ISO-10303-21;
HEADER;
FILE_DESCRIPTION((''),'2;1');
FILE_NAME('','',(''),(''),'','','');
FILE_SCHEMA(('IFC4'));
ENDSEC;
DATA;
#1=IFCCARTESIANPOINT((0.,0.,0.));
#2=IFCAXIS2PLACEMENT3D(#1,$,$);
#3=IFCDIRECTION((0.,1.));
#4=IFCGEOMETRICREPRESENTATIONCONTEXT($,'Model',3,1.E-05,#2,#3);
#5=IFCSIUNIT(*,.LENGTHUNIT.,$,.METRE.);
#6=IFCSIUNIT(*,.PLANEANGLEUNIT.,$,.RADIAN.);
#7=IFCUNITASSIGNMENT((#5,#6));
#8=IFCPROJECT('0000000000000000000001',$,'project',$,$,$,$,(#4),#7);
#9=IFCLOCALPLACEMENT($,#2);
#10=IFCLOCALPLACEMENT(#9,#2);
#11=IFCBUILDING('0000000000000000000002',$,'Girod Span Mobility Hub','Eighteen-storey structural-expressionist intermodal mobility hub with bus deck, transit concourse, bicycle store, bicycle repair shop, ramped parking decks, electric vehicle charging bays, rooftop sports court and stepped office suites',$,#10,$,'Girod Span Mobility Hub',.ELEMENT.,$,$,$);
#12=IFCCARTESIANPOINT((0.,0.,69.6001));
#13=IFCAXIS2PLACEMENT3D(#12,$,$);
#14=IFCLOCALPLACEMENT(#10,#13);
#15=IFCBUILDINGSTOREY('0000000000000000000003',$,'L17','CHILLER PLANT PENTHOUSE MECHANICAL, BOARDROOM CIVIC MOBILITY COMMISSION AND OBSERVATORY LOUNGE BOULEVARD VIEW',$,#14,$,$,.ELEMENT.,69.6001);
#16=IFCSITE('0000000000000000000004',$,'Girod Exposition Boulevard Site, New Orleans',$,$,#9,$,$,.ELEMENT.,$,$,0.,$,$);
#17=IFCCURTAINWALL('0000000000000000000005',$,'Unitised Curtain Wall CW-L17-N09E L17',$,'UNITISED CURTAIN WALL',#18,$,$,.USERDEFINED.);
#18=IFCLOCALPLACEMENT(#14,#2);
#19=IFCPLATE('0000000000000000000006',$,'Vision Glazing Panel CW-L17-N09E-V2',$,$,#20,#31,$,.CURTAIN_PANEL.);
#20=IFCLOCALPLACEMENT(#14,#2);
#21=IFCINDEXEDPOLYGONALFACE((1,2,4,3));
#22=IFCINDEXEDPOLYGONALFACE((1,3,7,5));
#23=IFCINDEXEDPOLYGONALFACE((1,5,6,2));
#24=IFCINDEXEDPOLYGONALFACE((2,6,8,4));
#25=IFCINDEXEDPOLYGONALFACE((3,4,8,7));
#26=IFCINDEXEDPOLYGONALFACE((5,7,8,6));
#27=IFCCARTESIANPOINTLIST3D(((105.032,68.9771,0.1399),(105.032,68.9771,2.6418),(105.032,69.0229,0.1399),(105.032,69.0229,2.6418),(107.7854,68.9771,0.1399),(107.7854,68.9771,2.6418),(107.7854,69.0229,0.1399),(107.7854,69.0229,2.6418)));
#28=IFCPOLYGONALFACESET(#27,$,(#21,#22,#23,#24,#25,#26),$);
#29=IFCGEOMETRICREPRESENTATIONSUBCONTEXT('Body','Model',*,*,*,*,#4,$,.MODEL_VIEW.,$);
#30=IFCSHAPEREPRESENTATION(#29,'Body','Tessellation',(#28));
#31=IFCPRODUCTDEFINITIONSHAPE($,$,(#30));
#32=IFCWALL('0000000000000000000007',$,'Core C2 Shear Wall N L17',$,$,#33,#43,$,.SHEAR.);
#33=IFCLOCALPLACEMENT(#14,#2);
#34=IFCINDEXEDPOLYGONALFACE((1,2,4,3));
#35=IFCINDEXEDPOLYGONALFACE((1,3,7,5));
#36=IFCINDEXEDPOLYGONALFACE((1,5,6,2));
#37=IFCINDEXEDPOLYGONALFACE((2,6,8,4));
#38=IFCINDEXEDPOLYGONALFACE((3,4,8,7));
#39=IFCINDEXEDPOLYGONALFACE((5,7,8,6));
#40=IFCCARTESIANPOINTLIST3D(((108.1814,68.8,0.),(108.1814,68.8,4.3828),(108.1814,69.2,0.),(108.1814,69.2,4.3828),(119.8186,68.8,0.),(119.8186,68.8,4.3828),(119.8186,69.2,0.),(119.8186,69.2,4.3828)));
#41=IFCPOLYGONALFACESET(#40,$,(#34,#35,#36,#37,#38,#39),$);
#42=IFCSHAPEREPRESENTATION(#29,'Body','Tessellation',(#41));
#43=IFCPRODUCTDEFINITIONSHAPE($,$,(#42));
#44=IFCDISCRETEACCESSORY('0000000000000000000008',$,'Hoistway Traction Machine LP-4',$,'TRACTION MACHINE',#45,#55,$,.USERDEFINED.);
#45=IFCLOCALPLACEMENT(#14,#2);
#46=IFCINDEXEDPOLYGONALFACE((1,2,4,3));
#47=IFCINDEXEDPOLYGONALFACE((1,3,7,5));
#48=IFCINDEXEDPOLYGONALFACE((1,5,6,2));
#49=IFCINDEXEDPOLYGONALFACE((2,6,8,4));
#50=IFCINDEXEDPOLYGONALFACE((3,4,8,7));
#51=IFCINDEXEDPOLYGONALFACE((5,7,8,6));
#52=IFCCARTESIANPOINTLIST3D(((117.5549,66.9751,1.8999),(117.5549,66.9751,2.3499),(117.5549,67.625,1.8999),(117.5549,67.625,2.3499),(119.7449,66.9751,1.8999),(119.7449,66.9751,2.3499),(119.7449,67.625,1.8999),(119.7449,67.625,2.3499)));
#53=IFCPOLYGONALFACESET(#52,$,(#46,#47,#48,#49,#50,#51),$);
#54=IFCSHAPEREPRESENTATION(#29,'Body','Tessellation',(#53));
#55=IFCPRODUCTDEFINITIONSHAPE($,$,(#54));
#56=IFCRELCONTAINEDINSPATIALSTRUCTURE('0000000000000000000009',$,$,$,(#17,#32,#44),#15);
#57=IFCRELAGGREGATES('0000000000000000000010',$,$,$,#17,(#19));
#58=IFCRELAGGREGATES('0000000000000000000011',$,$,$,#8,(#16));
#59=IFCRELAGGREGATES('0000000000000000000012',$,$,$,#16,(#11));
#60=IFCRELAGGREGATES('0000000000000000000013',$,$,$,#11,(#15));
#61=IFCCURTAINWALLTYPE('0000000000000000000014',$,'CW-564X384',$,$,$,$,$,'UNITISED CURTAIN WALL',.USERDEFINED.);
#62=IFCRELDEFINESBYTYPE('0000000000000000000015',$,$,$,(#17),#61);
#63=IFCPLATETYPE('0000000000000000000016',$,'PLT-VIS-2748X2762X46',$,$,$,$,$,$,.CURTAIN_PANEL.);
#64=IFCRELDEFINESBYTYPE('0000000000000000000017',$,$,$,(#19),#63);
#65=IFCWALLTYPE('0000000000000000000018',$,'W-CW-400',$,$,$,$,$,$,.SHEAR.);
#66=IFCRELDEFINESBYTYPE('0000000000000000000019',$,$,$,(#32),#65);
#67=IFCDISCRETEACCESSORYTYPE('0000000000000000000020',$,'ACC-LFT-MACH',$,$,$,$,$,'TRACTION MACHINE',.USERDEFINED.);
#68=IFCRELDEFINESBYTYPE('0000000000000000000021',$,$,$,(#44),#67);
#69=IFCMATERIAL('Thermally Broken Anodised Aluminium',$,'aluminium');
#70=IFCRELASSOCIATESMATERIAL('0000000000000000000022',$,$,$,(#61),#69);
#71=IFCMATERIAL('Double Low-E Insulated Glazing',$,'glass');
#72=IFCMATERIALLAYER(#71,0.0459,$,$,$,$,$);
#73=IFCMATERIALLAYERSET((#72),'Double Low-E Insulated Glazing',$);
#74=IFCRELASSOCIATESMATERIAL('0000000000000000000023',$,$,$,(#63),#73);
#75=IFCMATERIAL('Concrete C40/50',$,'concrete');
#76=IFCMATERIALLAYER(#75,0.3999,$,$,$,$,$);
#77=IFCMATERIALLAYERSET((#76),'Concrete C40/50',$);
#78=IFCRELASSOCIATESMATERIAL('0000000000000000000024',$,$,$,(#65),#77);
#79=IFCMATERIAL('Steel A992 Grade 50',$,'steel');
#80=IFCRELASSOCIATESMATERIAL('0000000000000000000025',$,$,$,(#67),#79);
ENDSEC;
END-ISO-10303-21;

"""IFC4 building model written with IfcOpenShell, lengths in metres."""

from ifc_helpers import new_model, si_unit, direction, frame, frame_2d, origin, origin_2d, place, context, subcontext, project, spatial, rectangle, extrude, material, layer, layer_set, type_object, element, aggregate, save


model = new_model("IFC4")

# Units and contexts
model_context = context("Model", 3, precision=1e-05, world=origin(), true_north=direction((0.0, 1.0)))
body_context = subcontext(model_context, "Body", "Model", "MODEL_VIEW")
ifc_project = project(units=[si_unit("LENGTHUNIT", "METRE"), si_unit("PLANEANGLEUNIT", "RADIAN")], contexts=[model_context])

# Site, building, storey
site_placement = place(None, origin())
site = spatial("IfcSite", under=ifc_project, at=site_placement, Name="Girod Exposition Boulevard Site, New Orleans", CompositionType="ELEMENT", RefElevation=0.0)
building_placement = place(site_placement, origin())
building = spatial("IfcBuilding", under=site, at=building_placement, Name="Girod Span Mobility Hub", Description="Eighteen-storey structural-expressionist intermodal mobility hub with bus deck, transit concourse, bicycle store, bicycle repair shop, ramped parking decks, electric vehicle charging bays, rooftop sports court and stepped office suites", LongName="Girod Span Mobility Hub", CompositionType="ELEMENT")
storey_placement = place(building_placement, frame((0.0, 0.0, 69.6001)))
storey = spatial("IfcBuildingStorey", under=building, at=storey_placement, Name="L17", Description="CHILLER PLANT PENTHOUSE MECHANICAL, BOARDROOM CIVIC MOBILITY COMMISSION AND OBSERVATORY LOUNGE BOULEVARD VIEW", CompositionType="ELEMENT", Elevation=69.6001)

# Curtain wall
ifc_material_1 = material(Name="Thermally Broken Anodised Aluminium", Category="aluminium")
curtain_wall_type = type_object("IfcCurtainWallType", Name="CW-564X384", ElementType="UNITISED CURTAIN WALL", PredefinedType="USERDEFINED", material=ifc_material_1)
curtain_wall_1_placement = place(storey_placement, origin())
curtain_wall_1 = element("IfcCurtainWall", 1, at=curtain_wall_1_placement, inside=storey, type_object=curtain_wall_type, Name="Unitised Curtain Wall CW-L17-N09E L17", ObjectType="UNITISED CURTAIN WALL", PredefinedType="USERDEFINED")

# Plate
ifc_material_2 = material(Name="Double Low-E Insulated Glazing", Category="glass")
ifc_layer_1 = layer(ifc_material_2, 0.0459)
ifc_layer_set_1 = layer_set([ifc_layer_1], Name="Double Low-E Insulated Glazing")
plate_type_1 = type_object("IfcPlateType", Name="PLT-VIS-2748X2762X46", PredefinedType="CURTAIN_PANEL", material=ifc_layer_set_1)
plate_1_placement = place(storey_placement, frame((106.4087, 69.0, 0.1399), z_axis=(0.0, 0.0, 1.0), x_axis=(1.0, 0.0, 0.0)))
plate_1 = element("IfcPlate", 2, at=plate_1_placement, type_object=plate_type_1, Name="Vision Glazing Panel CW-L17-N09E-V2", PredefinedType="CURTAIN_PANEL", context=body_context, shape_type="SweptSolid", body=[
    extrude(rectangle(XDim=2.7534, YDim=0.0459, at=origin_2d()), origin(), (0.0, 0.0, 1.0), 2.502),
])
aggregate(curtain_wall_1, [plate_1])

# Wall
ifc_material_3 = material(Name="Concrete C40/50", Category="concrete")
ifc_layer_2 = layer(ifc_material_3, 0.3999)
ifc_layer_set_2 = layer_set([ifc_layer_2], Name="Concrete C40/50")
wall_type = type_object("IfcWallType", Name="W-CW-400", PredefinedType="SHEAR", material=ifc_layer_set_2)
wall_placement = place(storey_placement, frame((108.1814, 69.0, 0.0), z_axis=(0.0, 0.0, 1.0), x_axis=(1.0, 0.0, 0.0)))
element("IfcWall", 3, at=wall_placement, inside=storey, type_object=wall_type, Name="Core C2 Shear Wall N L17", PredefinedType="SHEAR", context=body_context, shape_type="SweptSolid", body=[
    extrude(rectangle(XDim=11.6372, YDim=0.3999, at=frame_2d((5.8186, 0.0))), origin(), (0.0, 0.0, 1.0), 4.3828),
])

# Discrete accessory
ifc_material_4 = material(Name="Steel A992 Grade 50", Category="steel")
discrete_accessory_type = type_object("IfcDiscreteAccessoryType", Name="ACC-LFT-MACH", ElementType="TRACTION MACHINE", PredefinedType="USERDEFINED", material=ifc_material_4)
discrete_accessory_placement = place(storey_placement, frame((118.6499, 67.3, 1.8999), z_axis=(0.0, 0.0, 1.0), x_axis=(1.0, 0.0, 0.0)))
element("IfcDiscreteAccessory", 4, at=discrete_accessory_placement, inside=storey, type_object=discrete_accessory_type, Name="Hoistway Traction Machine LP-4", ObjectType="TRACTION MACHINE", PredefinedType="USERDEFINED", context=body_context, shape_type="SweptSolid", body=[
    extrude(rectangle(XDim=2.1899, YDim=0.6499, at=origin_2d()), origin(), (0.0, 0.0, 1.0), 0.45),
])

save(model, "model.ifc")
